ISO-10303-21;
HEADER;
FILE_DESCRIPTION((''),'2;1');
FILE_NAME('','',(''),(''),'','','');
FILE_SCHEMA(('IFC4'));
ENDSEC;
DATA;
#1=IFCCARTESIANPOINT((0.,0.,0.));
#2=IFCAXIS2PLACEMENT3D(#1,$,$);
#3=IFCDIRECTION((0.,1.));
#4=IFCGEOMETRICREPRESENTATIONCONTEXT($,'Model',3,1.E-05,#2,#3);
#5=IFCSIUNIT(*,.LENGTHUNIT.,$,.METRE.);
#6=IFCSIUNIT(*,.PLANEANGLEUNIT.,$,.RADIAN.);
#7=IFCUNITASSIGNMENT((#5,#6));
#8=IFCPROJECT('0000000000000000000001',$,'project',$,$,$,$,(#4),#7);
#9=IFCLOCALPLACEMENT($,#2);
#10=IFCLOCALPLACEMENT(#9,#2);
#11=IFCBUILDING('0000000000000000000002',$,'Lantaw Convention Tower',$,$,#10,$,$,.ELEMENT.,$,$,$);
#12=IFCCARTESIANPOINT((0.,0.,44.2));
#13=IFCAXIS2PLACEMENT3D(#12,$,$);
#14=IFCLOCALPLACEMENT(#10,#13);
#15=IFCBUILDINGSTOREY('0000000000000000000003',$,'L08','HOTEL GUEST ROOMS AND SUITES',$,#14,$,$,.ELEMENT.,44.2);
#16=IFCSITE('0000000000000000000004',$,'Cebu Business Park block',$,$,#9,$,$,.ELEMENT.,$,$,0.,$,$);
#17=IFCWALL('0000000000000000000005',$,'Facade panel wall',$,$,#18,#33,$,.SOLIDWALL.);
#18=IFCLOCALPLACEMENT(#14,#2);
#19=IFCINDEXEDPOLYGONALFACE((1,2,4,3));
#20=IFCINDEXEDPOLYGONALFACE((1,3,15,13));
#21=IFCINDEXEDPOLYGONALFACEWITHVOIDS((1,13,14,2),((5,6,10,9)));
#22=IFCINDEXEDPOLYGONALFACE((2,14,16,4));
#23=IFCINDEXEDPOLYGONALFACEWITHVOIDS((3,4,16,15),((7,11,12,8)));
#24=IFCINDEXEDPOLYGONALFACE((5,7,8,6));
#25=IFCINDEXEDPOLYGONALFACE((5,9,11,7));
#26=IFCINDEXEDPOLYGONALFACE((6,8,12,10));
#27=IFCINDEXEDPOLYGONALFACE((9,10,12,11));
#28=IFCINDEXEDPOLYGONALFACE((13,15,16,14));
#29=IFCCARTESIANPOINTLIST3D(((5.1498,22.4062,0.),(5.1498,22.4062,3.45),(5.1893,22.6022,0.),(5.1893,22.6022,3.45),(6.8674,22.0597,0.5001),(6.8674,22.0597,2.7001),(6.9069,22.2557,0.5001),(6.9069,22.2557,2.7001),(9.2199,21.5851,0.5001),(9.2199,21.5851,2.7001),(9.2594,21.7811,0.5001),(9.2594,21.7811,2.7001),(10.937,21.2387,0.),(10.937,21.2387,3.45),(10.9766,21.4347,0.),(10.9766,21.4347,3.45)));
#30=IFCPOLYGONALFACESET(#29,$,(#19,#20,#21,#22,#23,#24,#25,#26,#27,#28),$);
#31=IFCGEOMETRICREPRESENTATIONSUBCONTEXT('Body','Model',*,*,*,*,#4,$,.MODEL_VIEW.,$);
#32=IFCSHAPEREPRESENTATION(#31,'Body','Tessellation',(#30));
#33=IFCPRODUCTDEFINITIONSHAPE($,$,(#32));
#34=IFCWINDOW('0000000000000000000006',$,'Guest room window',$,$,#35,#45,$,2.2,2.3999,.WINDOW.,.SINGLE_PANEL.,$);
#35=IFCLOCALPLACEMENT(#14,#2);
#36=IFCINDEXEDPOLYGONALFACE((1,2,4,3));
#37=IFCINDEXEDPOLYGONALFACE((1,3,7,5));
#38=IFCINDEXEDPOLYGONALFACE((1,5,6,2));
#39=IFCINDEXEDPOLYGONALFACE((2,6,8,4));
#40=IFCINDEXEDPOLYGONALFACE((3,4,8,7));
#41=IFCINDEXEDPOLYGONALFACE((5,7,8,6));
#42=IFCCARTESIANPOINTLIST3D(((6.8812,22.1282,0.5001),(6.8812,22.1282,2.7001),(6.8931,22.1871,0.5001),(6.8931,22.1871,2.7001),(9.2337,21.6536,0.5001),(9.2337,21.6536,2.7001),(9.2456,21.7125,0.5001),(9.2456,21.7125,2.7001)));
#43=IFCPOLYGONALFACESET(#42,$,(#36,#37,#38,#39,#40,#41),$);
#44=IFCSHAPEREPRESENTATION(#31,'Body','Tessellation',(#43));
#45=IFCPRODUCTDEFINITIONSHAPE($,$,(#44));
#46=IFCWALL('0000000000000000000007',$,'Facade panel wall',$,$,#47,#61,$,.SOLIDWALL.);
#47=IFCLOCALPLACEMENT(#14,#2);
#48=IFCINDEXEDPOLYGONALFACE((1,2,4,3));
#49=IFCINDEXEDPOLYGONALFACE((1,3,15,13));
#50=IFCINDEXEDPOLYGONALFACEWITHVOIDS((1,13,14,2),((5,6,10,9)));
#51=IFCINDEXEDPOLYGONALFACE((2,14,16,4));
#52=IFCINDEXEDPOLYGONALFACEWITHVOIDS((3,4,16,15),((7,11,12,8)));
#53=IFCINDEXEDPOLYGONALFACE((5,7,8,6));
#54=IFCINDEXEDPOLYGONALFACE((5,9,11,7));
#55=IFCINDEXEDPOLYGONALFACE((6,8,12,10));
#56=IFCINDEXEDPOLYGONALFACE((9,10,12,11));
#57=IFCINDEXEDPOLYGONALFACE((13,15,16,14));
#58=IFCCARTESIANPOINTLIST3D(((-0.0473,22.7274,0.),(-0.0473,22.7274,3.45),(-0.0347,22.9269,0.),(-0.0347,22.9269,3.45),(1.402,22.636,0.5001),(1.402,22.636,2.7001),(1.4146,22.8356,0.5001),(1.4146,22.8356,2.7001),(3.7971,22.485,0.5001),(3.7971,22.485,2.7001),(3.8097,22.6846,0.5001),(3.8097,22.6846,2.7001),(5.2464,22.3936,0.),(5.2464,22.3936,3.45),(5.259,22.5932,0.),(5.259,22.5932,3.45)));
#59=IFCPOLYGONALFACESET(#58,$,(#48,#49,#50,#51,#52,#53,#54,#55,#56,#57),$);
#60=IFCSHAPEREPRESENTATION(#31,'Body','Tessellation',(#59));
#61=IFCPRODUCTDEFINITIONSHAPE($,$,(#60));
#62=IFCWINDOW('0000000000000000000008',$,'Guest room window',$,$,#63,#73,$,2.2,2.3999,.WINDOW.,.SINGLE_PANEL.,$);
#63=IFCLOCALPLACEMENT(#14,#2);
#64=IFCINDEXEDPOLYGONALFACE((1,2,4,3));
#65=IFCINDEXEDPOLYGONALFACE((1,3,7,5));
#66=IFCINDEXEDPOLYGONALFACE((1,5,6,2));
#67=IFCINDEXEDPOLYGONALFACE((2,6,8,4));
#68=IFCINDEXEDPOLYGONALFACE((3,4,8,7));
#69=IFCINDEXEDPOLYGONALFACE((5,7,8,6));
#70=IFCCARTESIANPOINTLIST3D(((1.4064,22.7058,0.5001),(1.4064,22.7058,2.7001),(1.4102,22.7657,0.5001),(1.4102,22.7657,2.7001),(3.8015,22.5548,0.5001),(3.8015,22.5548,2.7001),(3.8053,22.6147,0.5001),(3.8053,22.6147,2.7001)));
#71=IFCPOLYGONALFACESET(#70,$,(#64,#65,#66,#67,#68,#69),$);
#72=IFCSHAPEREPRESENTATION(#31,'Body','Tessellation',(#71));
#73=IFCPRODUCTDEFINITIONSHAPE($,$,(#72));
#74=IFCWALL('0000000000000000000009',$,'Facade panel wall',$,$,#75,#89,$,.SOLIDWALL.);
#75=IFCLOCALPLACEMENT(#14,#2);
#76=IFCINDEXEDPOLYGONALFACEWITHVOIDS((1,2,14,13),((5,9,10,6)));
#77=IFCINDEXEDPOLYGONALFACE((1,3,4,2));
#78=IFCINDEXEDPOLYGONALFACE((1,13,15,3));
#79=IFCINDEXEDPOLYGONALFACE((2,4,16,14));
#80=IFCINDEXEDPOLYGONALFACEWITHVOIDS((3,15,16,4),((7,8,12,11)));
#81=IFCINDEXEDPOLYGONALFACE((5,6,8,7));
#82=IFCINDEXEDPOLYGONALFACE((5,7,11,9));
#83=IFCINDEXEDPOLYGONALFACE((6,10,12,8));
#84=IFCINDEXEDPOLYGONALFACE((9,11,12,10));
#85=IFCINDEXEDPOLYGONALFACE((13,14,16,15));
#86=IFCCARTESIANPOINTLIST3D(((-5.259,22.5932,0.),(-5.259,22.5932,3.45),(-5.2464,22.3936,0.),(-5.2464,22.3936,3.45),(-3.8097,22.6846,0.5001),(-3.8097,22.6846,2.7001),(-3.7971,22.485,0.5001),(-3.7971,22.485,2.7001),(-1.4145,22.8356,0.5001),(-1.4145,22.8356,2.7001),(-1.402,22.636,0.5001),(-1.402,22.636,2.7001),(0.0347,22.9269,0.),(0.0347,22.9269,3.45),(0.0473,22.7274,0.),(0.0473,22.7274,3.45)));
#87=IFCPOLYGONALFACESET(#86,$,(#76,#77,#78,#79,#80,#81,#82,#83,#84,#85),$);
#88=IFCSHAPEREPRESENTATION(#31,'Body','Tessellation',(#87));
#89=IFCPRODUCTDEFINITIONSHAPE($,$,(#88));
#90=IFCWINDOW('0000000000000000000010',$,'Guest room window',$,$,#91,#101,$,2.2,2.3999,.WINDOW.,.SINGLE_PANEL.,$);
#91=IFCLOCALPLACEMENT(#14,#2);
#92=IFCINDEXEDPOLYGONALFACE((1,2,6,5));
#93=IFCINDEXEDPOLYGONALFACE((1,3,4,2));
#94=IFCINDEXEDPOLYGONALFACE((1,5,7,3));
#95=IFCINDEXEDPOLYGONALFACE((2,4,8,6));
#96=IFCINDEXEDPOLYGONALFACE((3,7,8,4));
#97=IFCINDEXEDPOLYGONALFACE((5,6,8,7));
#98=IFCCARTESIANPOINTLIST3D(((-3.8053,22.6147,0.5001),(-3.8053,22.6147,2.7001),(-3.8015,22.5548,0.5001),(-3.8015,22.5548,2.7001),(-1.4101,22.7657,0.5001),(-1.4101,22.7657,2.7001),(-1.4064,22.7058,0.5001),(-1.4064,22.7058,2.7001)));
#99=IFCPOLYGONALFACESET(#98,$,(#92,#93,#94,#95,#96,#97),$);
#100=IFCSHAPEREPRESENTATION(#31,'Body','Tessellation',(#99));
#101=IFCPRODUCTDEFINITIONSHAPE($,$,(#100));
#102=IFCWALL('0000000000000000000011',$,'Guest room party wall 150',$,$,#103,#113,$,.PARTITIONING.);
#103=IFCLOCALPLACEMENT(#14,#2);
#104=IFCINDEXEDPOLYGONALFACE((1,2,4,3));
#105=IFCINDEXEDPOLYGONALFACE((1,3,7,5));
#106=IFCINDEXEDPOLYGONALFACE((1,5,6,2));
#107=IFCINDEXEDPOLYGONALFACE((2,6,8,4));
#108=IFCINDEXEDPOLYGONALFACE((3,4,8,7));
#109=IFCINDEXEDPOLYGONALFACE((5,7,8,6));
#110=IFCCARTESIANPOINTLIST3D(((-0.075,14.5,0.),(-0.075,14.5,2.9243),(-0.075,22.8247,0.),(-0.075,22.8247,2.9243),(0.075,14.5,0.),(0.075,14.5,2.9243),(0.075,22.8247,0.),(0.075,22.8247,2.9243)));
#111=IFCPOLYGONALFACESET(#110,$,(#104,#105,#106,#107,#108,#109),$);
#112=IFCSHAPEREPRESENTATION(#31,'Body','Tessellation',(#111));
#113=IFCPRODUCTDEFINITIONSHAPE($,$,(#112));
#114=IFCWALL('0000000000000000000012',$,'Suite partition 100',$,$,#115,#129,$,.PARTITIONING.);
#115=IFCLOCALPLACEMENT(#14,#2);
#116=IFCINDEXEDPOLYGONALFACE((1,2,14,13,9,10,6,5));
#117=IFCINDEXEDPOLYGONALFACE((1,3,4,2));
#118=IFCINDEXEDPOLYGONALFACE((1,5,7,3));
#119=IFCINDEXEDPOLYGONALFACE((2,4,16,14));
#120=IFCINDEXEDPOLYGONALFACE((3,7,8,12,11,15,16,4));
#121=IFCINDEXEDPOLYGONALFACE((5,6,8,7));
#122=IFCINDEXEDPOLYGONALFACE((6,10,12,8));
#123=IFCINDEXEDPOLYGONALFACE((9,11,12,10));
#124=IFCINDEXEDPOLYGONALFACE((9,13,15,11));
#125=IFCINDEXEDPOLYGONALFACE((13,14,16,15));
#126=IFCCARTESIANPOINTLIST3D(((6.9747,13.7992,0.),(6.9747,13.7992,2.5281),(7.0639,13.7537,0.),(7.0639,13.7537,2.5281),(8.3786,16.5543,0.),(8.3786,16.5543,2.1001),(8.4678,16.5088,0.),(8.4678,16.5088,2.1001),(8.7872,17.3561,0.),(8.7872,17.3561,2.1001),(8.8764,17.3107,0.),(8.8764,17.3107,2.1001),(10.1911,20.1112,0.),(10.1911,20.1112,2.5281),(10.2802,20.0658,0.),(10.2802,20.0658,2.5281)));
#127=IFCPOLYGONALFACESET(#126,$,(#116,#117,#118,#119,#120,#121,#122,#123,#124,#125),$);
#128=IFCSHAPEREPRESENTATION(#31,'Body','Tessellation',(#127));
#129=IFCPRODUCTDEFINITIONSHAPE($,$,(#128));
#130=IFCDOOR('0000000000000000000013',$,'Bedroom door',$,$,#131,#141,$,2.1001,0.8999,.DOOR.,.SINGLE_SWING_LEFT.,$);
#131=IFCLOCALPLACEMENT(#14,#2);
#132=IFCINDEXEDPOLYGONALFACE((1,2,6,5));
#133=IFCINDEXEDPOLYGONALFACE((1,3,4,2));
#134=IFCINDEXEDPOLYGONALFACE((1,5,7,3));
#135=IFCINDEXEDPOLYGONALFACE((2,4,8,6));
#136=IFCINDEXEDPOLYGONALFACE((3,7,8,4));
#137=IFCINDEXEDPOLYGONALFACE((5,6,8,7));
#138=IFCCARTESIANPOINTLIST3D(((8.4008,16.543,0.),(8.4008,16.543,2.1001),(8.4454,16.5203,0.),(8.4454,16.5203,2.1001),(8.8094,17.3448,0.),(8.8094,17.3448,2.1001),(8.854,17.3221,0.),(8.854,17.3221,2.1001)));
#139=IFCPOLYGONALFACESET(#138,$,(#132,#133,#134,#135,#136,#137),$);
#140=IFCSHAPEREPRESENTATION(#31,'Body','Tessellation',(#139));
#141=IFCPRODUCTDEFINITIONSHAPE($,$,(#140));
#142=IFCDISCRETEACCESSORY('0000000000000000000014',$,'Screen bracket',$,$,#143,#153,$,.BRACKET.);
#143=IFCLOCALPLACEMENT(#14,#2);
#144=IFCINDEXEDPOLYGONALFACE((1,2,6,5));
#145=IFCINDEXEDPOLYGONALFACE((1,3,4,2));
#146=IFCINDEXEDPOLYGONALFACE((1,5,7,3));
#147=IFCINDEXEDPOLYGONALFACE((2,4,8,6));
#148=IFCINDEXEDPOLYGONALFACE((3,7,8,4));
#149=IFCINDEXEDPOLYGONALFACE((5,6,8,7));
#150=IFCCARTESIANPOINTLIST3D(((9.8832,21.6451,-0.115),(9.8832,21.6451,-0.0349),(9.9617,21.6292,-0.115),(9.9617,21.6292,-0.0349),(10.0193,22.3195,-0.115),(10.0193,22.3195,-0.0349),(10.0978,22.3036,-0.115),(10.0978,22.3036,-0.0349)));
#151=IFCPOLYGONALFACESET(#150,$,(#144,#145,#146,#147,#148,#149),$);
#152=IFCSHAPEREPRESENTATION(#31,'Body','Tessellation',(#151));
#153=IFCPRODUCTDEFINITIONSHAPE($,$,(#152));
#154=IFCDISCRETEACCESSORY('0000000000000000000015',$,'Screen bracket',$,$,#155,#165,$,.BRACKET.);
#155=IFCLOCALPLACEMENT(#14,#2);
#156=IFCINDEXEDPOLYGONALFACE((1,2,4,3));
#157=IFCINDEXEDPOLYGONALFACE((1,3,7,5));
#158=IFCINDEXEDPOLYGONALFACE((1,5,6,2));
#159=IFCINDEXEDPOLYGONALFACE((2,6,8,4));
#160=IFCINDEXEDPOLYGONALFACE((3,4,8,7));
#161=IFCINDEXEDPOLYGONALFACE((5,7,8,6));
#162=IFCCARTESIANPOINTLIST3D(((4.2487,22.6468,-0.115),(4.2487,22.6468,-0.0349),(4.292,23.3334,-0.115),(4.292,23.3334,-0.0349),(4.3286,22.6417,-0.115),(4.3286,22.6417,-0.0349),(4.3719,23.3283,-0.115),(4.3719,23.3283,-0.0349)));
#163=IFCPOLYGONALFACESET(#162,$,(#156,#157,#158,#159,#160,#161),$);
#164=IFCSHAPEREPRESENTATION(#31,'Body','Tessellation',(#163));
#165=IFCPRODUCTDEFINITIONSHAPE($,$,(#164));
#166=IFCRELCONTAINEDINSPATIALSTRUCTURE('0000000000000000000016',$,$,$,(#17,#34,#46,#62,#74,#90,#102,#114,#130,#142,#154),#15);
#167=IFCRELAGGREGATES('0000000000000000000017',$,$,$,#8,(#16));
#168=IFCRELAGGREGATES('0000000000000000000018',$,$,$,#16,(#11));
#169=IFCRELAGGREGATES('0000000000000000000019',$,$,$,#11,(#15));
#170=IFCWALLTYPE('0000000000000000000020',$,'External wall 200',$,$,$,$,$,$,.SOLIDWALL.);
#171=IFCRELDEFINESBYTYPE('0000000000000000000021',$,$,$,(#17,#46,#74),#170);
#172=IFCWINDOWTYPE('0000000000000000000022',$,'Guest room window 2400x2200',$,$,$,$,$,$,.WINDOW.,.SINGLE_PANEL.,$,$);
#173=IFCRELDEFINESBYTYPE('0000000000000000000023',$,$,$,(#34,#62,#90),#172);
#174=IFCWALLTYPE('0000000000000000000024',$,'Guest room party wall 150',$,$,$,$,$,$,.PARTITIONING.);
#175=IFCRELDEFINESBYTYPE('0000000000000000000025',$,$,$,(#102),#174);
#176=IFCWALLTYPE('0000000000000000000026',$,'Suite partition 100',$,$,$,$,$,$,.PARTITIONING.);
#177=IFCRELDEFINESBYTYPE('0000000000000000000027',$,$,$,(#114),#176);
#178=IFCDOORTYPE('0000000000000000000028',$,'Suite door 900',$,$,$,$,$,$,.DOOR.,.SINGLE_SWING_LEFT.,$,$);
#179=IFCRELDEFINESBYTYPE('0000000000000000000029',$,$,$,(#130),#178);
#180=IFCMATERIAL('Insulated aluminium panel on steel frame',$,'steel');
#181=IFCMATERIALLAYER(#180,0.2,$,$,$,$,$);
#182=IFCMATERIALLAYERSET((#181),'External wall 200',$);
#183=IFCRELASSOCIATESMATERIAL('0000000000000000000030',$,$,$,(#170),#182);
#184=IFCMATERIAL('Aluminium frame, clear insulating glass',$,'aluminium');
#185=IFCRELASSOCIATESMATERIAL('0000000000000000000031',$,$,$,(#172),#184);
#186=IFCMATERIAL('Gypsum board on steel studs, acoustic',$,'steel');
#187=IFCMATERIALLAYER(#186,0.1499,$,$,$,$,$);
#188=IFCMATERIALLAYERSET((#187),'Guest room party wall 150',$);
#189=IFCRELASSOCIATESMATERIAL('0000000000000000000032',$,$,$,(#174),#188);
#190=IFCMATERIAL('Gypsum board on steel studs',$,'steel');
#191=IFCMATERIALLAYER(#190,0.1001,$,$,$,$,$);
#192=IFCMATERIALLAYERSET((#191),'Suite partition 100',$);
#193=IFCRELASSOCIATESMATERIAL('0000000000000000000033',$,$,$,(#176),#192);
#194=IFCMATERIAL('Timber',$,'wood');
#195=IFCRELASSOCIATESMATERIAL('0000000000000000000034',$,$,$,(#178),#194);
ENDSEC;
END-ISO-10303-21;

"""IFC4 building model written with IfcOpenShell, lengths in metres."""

from ifc_helpers import new_model, si_unit, direction, frame, frame_2d, origin, origin_2d, place, context, subcontext, project, spatial, rectangle, extrude, material, layer, layer_set, type_object, element, fill, save


model = new_model("IFC4")

# Units and contexts
model_context = context("Model", 3, precision=1e-05, world=origin(), true_north=direction((0.0, 1.0)))
body_context = subcontext(model_context, "Body", "Model", "MODEL_VIEW")
ifc_project = project(units=[si_unit("LENGTHUNIT", "METRE"), si_unit("PLANEANGLEUNIT", "RADIAN")], contexts=[model_context])

# Site, building, storey
site_placement = place(None, origin())
site = spatial("IfcSite", under=ifc_project, at=site_placement, Name="Cebu Business Park block", CompositionType="ELEMENT", RefElevation=0.0)
building_placement = place(site_placement, origin())
building = spatial("IfcBuilding", under=site, at=building_placement, Name="Lantaw Convention Tower", CompositionType="ELEMENT")
storey_placement = place(building_placement, frame((0.0, 0.0, 44.2)))
storey = spatial("IfcBuildingStorey", under=building, at=storey_placement, Name="L08", Description="HOTEL GUEST ROOMS AND SUITES", CompositionType="ELEMENT", Elevation=44.2)

# Walls, openings, windows
ifc_material_1 = material(Name="Insulated aluminium panel on steel frame", Category="steel")
ifc_layer_1 = layer(ifc_material_1, 0.2)
ifc_layer_set_1 = layer_set([ifc_layer_1], Name="External wall 200")
wall_type_1 = type_object("IfcWallType", Name="External wall 200", PredefinedType="SOLIDWALL", material=ifc_layer_set_1)
wall_1_placement = place(storey_placement, frame((10.9568, 21.3367, 0.0), z_axis=(0.0, 0.0, 1.0), x_axis=(-0.980252, 0.197754, 0.0)))
wall_1 = element("IfcWall", 1, at=wall_1_placement, inside=storey, type_object=wall_type_1, Name="Facade panel wall", PredefinedType="SOLIDWALL", context=body_context, shape_type="SweptSolid", body=[
    extrude(rectangle(XDim=5.9038, YDim=0.2, at=frame_2d((2.9519, 0.0))), origin(), (0.0, 0.0, 1.0), 3.45),
])
opening_1_placement = place(wall_1_placement, frame((1.7517, 0.0, 0.5)))
opening_1 = element("IfcOpeningElement", 2, at=opening_1_placement, cuts=wall_1, PredefinedType="OPENING", context=body_context, shape_type="SweptSolid", body=[
    extrude(rectangle(XDim=2.3999, YDim=2.2, at=frame_2d((1.2, 1.1001))), frame((0.0, 0.1099, 0.0), z_axis=(0.0, -1.0, 0.0), x_axis=(1.0, 0.0, 0.0)), (0.0, 0.0, 1.0), 0.22),
])
ifc_material_2 = material(Name="Aluminium frame, clear insulating glass", Category="aluminium")
window_type = type_object("IfcWindowType", Name="Guest room window 2400x2200", PartitioningType="SINGLE_PANEL", PredefinedType="WINDOW", material=ifc_material_2)
window_1_placement = place(opening_1_placement, origin())
window_1 = element("IfcWindow", 3, at=window_1_placement, inside=storey, type_object=window_type, Name="Guest room window", OverallHeight=2.2, OverallWidth=2.3999, PartitioningType="SINGLE_PANEL", PredefinedType="WINDOW", context=body_context, shape_type="SweptSolid", body=[
    extrude(rectangle(XDim=2.3999, YDim=2.2, at=frame_2d((1.2, 1.1001))), frame((0.0, 0.03, 0.0), z_axis=(0.0, -1.0, 0.0), x_axis=(1.0, 0.0, 0.0)), (0.0, 0.0, 1.0), 0.0601),
])
fill(opening_1, window_1)
wall_2_placement = place(storey_placement, frame((5.2527, 22.4934, 0.0), z_axis=(0.0, 0.0, 1.0), x_axis=(-0.998019, 0.06292, 0.0)))
wall_2 = element("IfcWall", 4, at=wall_2_placement, inside=storey, type_object=wall_type_1, Name="Facade panel wall", PredefinedType="SOLIDWALL", context=body_context, shape_type="SweptSolid", body=[
    extrude(rectangle(XDim=5.3042, YDim=0.2, at=frame_2d((2.6521, 0.0))), origin(), (0.0, 0.0, 1.0), 3.45),
])
opening_2_placement = place(wall_2_placement, frame((1.4521, 0.0, 0.5)))
opening_2 = element("IfcOpeningElement", 5, at=opening_2_placement, cuts=wall_2, PredefinedType="OPENING", context=body_context, shape_type="SweptSolid", body=[
    extrude(rectangle(XDim=2.3999, YDim=2.2, at=frame_2d((1.2, 1.1001))), frame((0.0, 0.1099, 0.0), z_axis=(0.0, -1.0, 0.0), x_axis=(1.0, 0.0, 0.0)), (0.0, 0.0, 1.0), 0.22),
])
window_2_placement = place(opening_2_placement, origin())
window_2 = element("IfcWindow", 6, at=window_2_placement, inside=storey, type_object=window_type, Name="Guest room window", OverallHeight=2.2, OverallWidth=2.3999, PartitioningType="SINGLE_PANEL", PredefinedType="WINDOW", context=body_context, shape_type="SweptSolid", body=[
    extrude(rectangle(XDim=2.3999, YDim=2.2, at=frame_2d((1.2, 1.1001))), frame((0.0, 0.03, 0.0), z_axis=(0.0, -1.0, 0.0), x_axis=(1.0, 0.0, 0.0)), (0.0, 0.0, 1.0), 0.0601),
])
fill(opening_2, window_2)
wall_3_placement = place(storey_placement, frame((0.041, 22.8271, 0.0), z_axis=(0.0, 0.0, 1.0), x_axis=(-0.998019, -0.06292, 0.0)))
wall_3 = element("IfcWall", 7, at=wall_3_placement, inside=storey, type_object=wall_type_1, Name="Facade panel wall", PredefinedType="SOLIDWALL", context=body_context, shape_type="SweptSolid", body=[
    extrude(rectangle(XDim=5.3042, YDim=0.2, at=frame_2d((2.6521, 0.0))), origin(), (0.0, 0.0, 1.0), 3.45),
])
opening_3_placement = place(wall_3_placement, frame((1.4521, 0.0, 0.5)))
opening_3 = element("IfcOpeningElement", 8, at=opening_3_placement, cuts=wall_3, PredefinedType="OPENING", context=body_context, shape_type="SweptSolid", body=[
    extrude(rectangle(XDim=2.3999, YDim=2.2, at=frame_2d((1.2, 1.1001))), frame((0.0, 0.1099, 0.0), z_axis=(0.0, -1.0, 0.0), x_axis=(1.0, 0.0, 0.0)), (0.0, 0.0, 1.0), 0.22),
])
window_3_placement = place(opening_3_placement, origin())
window_3 = element("IfcWindow", 9, at=window_3_placement, inside=storey, type_object=window_type, Name="Guest room window", OverallHeight=2.2, OverallWidth=2.3999, PartitioningType="SINGLE_PANEL", PredefinedType="WINDOW", context=body_context, shape_type="SweptSolid", body=[
    extrude(rectangle(XDim=2.3999, YDim=2.2, at=frame_2d((1.2, 1.1001))), frame((0.0, 0.03, 0.0), z_axis=(0.0, -1.0, 0.0), x_axis=(1.0, 0.0, 0.0)), (0.0, 0.0, 1.0), 0.0601),
])
fill(opening_3, window_3)

# Wall
ifc_material_3 = material(Name="Gypsum board on steel studs, acoustic", Category="steel")
ifc_layer_2 = layer(ifc_material_3, 0.1499)
ifc_layer_set_2 = layer_set([ifc_layer_2], Name="Guest room party wall 150")
wall_type_2 = type_object("IfcWallType", Name="Guest room party wall 150", PredefinedType="PARTITIONING", material=ifc_layer_set_2)
wall_4_placement = place(storey_placement, frame((0.0, 22.8247, 0.0), z_axis=(0.0, 0.0, 1.0), x_axis=(0.0, -1.0, 0.0)))
element("IfcWall", 10, at=wall_4_placement, inside=storey, type_object=wall_type_2, Name="Guest room party wall 150", PredefinedType="PARTITIONING", context=body_context, shape_type="SweptSolid", body=[
    extrude(rectangle(XDim=8.3247, YDim=0.1499, at=frame_2d((4.1624, 0.0))), origin(), (0.0, 0.0, 1.0), 2.9243),
])

# Wall, opening, door
ifc_material_4 = material(Name="Gypsum board on steel studs", Category="steel")
ifc_layer_3 = layer(ifc_material_4, 0.1001)
ifc_layer_set_3 = layer_set([ifc_layer_3], Name="Suite partition 100")
wall_type_3 = type_object("IfcWallType", Name="Suite partition 100", PredefinedType="PARTITIONING", material=ifc_layer_set_3)
wall_5_placement = place(storey_placement, frame((10.2356, 20.0884, 0.0), z_axis=(0.0, 0.0, 1.0), x_axis=(-0.45401, -0.890996, 0.0)))
wall_5 = element("IfcWall", 11, at=wall_5_placement, inside=storey, type_object=wall_type_3, Name="Suite partition 100", PredefinedType="PARTITIONING", context=body_context, shape_type="SweptSolid", body=[
    extrude(rectangle(XDim=7.0842, YDim=0.1001, at=frame_2d((3.542, 0.0))), origin(), (0.0, 0.0, 1.0), 2.5281),
])
opening_4_placement = place(wall_5_placement, frame((3.092, 0.0, 0.0)))
opening_4 = element("IfcOpeningElement", 12, at=opening_4_placement, cuts=wall_5, PredefinedType="OPENING", context=body_context, shape_type="SweptSolid", body=[
    extrude(rectangle(XDim=0.8999, YDim=2.1001, at=frame_2d((0.45, 1.05))), frame((0.0, 0.0601, 0.0), z_axis=(0.0, -1.0, 0.0), x_axis=(1.0, 0.0, 0.0)), (0.0, 0.0, 1.0), 0.1201),
])
ifc_material_5 = material(Name="Timber", Category="wood")
door_type = type_object("IfcDoorType", Name="Suite door 900", OperationType="SINGLE_SWING_LEFT", PredefinedType="DOOR", material=ifc_material_5)
door_placement = place(opening_4_placement, origin())
door = element("IfcDoor", 13, at=door_placement, inside=storey, type_object=door_type, Name="Bedroom door", OperationType="SINGLE_SWING_LEFT", OverallHeight=2.1001, OverallWidth=0.8999, PredefinedType="DOOR", context=body_context, shape_type="SweptSolid", body=[
    extrude(rectangle(XDim=0.8999, YDim=2.1001, at=frame_2d((0.45, 1.05))), frame((0.0, 0.0249, 0.0), z_axis=(0.0, -1.0, 0.0), x_axis=(1.0, 0.0, 0.0)), (0.0, 0.0, 1.0), 0.05),
])
fill(opening_4, door)

# Discrete accessories
for number, where, z_axis, x_axis, name in (
    (14, (9.9905, 21.9744, -0.115), (0.0, 0.0, 1.0), (-0.980245, 0.197789, 0.0), "Screen bracket"),
    (15, (4.3103, 22.9875, -0.115), (0.0, 0.0, 1.0), (-0.998016, 0.062958, 0.0), "Screen bracket"),
):
    element("IfcDiscreteAccessory", number, at=place(storey_placement, frame(where, z_axis=z_axis, x_axis=x_axis)), inside=storey, Name=name, PredefinedType="BRACKET", context=body_context, shape_type="SweptSolid", body=[
        extrude(rectangle(XDim=0.0801, YDim=0.688, at=origin_2d()), origin(), (0.0, 0.0, 1.0), 0.0801),
    ])

save(model, "model.ifc")
